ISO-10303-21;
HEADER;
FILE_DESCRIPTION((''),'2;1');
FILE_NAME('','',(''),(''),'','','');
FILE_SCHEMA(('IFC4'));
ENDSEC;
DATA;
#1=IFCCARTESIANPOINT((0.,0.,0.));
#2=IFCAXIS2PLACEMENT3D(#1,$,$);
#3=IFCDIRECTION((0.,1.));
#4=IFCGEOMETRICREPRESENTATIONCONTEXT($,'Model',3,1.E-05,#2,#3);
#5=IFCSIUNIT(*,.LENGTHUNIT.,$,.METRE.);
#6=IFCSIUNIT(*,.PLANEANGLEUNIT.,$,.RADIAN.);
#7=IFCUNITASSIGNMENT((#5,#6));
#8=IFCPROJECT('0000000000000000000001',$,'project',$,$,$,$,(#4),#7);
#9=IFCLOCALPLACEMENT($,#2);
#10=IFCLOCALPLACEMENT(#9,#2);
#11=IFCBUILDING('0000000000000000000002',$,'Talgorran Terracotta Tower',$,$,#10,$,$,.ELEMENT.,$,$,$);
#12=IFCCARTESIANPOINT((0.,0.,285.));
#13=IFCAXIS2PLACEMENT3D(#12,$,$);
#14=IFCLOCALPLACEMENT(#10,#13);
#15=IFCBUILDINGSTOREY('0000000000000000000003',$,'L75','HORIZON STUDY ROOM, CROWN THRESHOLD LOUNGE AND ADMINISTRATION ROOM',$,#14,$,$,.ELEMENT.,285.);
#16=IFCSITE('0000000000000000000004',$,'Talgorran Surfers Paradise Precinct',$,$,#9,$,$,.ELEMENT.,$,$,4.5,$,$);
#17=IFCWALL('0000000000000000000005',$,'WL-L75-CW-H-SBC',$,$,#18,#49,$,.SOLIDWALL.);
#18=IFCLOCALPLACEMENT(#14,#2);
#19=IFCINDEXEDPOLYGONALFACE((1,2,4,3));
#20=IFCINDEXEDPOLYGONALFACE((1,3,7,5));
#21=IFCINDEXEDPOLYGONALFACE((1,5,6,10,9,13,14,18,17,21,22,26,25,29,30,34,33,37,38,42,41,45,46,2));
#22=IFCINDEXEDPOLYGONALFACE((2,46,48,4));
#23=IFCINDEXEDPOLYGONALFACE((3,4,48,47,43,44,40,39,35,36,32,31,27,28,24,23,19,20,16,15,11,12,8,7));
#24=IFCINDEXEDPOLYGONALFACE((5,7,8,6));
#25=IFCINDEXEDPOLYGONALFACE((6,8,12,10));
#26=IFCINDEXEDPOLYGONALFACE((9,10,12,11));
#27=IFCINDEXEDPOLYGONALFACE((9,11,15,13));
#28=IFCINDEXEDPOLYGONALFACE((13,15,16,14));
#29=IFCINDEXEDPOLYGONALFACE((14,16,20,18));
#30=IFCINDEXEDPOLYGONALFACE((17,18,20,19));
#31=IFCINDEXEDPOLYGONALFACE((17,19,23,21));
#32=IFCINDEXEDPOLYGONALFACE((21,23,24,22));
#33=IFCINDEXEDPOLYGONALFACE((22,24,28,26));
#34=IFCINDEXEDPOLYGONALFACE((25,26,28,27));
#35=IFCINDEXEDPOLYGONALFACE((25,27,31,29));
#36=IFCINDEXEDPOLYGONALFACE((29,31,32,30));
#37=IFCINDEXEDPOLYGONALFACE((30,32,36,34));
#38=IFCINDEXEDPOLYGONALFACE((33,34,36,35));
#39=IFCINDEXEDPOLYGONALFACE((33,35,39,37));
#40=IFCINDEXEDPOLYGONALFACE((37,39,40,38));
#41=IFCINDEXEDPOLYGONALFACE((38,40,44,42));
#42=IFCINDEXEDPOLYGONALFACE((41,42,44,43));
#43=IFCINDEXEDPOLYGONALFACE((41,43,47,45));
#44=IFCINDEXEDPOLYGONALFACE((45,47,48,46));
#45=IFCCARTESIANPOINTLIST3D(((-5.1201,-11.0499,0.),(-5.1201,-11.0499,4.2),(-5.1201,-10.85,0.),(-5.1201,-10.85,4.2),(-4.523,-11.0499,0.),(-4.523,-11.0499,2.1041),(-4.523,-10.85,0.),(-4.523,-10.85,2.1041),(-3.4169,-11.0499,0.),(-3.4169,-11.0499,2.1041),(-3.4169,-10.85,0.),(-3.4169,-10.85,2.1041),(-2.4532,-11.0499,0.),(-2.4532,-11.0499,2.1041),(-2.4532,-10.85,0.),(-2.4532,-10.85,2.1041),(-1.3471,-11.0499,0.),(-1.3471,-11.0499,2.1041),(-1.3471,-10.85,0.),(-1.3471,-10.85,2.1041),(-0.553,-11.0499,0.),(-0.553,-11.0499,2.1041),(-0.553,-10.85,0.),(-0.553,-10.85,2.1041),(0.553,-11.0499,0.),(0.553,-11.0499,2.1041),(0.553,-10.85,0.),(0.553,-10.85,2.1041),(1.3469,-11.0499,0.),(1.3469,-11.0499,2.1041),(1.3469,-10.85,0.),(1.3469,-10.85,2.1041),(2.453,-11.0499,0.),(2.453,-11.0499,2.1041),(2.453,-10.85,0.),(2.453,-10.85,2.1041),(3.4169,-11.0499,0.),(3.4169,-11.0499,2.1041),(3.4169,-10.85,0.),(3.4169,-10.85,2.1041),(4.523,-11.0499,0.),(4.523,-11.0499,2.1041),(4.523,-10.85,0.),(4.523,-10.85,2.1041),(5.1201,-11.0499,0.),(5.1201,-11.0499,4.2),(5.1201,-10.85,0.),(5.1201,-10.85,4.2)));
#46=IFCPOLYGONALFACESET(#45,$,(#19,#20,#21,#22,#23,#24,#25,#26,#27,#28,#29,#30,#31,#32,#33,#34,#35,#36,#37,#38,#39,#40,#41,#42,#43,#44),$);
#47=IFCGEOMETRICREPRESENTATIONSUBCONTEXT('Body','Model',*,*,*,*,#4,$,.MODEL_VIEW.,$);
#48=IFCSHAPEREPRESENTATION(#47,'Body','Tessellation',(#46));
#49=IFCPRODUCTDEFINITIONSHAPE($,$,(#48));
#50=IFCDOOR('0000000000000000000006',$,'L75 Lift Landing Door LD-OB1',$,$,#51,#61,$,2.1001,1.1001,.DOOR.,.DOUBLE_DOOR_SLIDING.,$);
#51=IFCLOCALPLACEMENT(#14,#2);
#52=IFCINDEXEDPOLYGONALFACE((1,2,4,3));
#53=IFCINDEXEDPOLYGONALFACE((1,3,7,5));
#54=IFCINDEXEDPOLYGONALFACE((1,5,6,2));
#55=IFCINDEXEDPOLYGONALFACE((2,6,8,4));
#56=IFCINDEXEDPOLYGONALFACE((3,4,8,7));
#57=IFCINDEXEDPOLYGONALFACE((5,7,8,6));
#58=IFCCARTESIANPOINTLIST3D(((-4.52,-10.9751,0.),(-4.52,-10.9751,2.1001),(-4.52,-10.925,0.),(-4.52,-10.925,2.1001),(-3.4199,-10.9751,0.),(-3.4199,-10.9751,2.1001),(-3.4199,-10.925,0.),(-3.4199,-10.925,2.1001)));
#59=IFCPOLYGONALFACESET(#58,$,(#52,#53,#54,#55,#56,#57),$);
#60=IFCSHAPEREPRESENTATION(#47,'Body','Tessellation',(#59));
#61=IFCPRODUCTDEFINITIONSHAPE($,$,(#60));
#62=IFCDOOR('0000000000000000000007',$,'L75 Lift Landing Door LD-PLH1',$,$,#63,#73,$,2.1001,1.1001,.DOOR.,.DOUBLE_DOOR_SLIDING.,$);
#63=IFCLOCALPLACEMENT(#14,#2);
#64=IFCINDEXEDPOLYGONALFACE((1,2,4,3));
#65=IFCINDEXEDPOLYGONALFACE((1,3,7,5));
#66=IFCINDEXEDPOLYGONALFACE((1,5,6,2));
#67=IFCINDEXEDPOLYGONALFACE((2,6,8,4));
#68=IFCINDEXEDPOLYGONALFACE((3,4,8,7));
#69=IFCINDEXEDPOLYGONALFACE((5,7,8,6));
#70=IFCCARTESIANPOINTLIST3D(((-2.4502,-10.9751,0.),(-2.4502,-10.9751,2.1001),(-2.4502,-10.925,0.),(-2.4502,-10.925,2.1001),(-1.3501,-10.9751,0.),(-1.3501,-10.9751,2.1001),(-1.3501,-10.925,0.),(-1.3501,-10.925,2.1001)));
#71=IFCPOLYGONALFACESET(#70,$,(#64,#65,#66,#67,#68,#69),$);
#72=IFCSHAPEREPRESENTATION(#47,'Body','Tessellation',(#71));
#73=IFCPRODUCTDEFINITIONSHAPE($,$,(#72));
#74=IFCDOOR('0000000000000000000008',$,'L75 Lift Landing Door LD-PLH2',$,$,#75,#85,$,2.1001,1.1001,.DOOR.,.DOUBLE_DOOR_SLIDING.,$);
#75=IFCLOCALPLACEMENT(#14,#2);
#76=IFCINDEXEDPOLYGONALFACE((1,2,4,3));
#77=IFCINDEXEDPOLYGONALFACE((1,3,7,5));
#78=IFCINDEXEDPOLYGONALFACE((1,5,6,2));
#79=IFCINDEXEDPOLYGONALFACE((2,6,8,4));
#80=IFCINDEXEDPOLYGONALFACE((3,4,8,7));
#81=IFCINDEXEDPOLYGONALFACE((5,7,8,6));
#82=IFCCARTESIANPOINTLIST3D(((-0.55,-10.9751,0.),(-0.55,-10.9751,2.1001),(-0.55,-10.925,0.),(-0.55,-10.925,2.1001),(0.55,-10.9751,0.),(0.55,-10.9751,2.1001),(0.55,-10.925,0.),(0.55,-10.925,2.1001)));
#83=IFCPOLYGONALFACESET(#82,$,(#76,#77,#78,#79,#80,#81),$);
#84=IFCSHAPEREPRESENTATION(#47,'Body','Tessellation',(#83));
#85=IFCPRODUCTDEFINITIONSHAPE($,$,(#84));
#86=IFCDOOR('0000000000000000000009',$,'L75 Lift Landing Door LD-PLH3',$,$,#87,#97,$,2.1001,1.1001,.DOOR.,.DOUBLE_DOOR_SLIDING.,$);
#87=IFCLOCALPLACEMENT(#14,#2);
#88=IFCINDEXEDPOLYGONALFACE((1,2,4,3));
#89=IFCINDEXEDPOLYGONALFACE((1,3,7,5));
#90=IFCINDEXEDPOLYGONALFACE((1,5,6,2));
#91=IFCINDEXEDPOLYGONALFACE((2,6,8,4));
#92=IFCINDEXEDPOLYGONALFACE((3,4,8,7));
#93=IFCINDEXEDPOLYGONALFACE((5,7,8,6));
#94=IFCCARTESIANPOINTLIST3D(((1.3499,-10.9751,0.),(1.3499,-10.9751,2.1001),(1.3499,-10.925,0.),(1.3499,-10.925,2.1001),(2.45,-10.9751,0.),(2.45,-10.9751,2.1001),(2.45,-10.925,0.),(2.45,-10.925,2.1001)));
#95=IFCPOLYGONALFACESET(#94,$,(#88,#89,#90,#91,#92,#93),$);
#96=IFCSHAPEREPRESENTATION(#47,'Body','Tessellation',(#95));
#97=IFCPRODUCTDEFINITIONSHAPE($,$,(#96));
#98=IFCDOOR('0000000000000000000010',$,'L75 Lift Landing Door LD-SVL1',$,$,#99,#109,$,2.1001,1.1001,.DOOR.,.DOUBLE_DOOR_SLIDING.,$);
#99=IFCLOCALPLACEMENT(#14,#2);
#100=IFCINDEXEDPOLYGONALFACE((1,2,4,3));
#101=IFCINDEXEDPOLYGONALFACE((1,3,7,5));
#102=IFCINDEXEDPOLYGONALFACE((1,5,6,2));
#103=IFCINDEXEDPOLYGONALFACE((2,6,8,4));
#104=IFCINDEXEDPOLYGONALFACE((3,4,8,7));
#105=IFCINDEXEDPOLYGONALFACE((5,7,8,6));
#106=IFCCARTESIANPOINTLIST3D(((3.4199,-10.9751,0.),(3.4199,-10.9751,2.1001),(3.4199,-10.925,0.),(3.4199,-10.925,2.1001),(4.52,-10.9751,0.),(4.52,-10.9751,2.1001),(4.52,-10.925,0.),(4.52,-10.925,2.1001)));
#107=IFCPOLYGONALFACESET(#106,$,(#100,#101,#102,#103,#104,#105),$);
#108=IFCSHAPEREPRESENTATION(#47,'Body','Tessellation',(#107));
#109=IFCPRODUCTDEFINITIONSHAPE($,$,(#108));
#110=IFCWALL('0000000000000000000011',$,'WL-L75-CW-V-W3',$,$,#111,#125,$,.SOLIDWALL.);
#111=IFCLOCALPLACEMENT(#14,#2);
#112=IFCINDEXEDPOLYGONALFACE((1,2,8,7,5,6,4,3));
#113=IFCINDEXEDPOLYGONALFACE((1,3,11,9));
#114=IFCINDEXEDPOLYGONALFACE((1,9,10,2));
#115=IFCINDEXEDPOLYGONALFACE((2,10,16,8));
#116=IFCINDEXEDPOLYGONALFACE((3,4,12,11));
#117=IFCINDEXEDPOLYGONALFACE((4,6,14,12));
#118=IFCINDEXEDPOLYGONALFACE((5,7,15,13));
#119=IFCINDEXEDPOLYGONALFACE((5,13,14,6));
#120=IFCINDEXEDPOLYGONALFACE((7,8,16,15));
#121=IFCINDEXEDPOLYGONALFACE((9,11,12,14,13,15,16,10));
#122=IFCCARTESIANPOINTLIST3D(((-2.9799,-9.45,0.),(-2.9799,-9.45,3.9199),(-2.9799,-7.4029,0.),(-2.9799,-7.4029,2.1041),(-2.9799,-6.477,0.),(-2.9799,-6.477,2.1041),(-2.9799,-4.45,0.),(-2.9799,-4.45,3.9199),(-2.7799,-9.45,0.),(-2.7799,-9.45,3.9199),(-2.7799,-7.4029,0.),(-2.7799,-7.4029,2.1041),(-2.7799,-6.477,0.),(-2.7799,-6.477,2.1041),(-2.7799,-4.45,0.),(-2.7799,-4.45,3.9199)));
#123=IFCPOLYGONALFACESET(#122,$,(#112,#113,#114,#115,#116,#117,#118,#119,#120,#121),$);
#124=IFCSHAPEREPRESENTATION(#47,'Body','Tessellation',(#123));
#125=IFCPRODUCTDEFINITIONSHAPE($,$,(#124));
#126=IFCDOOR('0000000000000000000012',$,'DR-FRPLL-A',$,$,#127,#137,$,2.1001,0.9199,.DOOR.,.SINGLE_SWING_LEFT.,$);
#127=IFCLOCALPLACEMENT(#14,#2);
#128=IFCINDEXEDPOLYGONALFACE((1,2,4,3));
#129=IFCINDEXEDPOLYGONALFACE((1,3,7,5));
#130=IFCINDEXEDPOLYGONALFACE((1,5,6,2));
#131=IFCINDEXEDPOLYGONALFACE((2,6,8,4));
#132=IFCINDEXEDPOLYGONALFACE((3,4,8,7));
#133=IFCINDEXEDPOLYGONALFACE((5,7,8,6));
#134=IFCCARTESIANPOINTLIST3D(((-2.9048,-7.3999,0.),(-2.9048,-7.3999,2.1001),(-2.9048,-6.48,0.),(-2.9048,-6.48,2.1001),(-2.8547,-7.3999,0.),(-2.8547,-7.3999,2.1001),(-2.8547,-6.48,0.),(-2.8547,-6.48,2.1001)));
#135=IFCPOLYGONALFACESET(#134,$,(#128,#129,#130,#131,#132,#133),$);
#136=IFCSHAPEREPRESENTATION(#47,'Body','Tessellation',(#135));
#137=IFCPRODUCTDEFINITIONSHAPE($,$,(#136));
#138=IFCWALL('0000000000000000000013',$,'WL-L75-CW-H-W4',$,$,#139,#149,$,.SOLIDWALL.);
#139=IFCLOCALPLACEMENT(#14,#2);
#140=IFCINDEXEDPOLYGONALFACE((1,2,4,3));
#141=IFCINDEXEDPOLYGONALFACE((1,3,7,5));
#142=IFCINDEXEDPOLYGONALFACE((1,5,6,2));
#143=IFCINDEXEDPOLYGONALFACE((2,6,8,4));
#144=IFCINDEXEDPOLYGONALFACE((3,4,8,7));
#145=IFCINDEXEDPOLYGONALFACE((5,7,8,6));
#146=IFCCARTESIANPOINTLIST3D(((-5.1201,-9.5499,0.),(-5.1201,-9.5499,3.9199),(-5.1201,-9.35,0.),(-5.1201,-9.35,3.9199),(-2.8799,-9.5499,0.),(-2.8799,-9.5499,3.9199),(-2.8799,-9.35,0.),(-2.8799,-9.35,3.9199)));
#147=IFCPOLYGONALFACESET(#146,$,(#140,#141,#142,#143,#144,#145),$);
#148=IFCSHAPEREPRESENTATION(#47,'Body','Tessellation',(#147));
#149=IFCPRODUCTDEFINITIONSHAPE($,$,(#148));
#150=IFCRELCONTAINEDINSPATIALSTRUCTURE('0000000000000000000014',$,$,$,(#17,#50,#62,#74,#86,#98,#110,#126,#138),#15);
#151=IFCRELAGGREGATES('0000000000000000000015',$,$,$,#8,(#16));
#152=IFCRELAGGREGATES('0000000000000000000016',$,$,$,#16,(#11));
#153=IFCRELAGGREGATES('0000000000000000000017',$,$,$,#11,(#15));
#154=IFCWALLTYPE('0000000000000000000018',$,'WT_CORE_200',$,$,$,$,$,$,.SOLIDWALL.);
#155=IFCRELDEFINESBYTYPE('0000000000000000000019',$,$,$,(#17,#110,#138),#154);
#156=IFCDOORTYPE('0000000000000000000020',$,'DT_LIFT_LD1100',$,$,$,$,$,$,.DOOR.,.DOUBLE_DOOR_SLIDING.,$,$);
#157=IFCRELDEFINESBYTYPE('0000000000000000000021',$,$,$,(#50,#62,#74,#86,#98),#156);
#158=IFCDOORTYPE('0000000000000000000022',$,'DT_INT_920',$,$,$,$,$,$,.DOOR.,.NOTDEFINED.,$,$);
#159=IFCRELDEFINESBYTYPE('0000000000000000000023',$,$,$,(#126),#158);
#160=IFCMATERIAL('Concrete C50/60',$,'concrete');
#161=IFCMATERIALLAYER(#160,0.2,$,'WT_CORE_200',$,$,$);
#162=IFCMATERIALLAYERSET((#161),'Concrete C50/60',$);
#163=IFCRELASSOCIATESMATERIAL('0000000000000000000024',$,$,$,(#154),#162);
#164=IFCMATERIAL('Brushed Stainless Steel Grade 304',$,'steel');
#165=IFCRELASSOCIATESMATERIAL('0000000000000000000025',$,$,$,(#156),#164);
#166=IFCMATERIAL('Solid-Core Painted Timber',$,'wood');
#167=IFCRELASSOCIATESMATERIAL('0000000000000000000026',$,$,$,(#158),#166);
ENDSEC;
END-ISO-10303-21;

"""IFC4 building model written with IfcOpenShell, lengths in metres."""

from ifc_helpers import new_model, si_unit, direction, frame, frame_2d, origin, place, context, subcontext, project, spatial, rectangle, extrude, material, layer, layer_set, type_object, element, fill, save


model = new_model("IFC4")

# Units and contexts
model_context = context("Model", 3, precision=1e-05, world=origin(), true_north=direction((0.0, 1.0)))
body_context = subcontext(model_context, "Body", "Model", "MODEL_VIEW")
ifc_project = project(units=[si_unit("LENGTHUNIT", "METRE"), si_unit("PLANEANGLEUNIT", "RADIAN")], contexts=[model_context])

# Site, building, storey
site_placement = place(None, origin())
site = spatial("IfcSite", under=ifc_project, at=site_placement, Name="Talgorran Surfers Paradise Precinct", CompositionType="ELEMENT", RefElevation=4.5)
building_placement = place(site_placement, origin())
building = spatial("IfcBuilding", under=site, at=building_placement, Name="Talgorran Terracotta Tower", CompositionType="ELEMENT")
storey_placement = place(building_placement, frame((0.0, 0.0, 285.0)))
storey = spatial("IfcBuildingStorey", under=building, at=storey_placement, Name="L75", Description="HORIZON STUDY ROOM, CROWN THRESHOLD LOUNGE AND ADMINISTRATION ROOM", CompositionType="ELEMENT", Elevation=285.0)

# Shared definitions
ifc_material_1 = material(Name="Concrete C50/60", Category="concrete")

# Wall, openings, doors
ifc_layer_1 = layer(ifc_material_1, 0.2, Name="WT_CORE_200")
ifc_layer_set_1 = layer_set([ifc_layer_1], Name="Concrete C50/60")
wall_type_1 = type_object("IfcWallType", Name="WT_CORE_200", PredefinedType="SOLIDWALL", material=ifc_layer_set_1)
ifc_material_2 = material(Name="Brushed Stainless Steel Grade 304", Category="steel")
door_type_1 = type_object("IfcDoorType", Name="DT_LIFT_LD1100", OperationType="DOUBLE_DOOR_SLIDING", PredefinedType="DOOR", material=ifc_material_2)
wall_1_placement = place(storey_placement, frame((-5.1201, -10.95, 0.0), z_axis=(0.0, 0.0, 1.0), x_axis=(1.0, 0.0, 0.0)))
wall_1 = element("IfcWall", 1, at=wall_1_placement, inside=storey, type_object=wall_type_1, Name="WL-L75-CW-H-SBC", PredefinedType="SOLIDWALL", context=body_context, shape_type="SweptSolid", body=[
    extrude(rectangle(XDim=10.2402, YDim=0.2, at=frame_2d((5.1201, 0.0))), origin(), (0.0, 0.0, 1.0), 4.2),
])
opening_1_placement = place(wall_1_placement, frame((0.6001, 0.0, 0.0)))
opening_1 = element("IfcOpeningElement", 2, at=opening_1_placement, cuts=wall_1, PredefinedType="OPENING", context=body_context, shape_type="SweptSolid", body=[
    extrude(rectangle(XDim=1.1061, YDim=2.1041, at=frame_2d((0.55, 1.052))), frame((0.0, 0.1099, 0.0), z_axis=(0.0, -1.0, 0.0), x_axis=(1.0, 0.0, 0.0)), (0.0, 0.0, 1.0), 0.22),
])
opening_2_placement = place(wall_1_placement, frame((2.6699, 0.0, 0.0)))
opening_2 = element("IfcOpeningElement", 3, at=opening_2_placement, cuts=wall_1, PredefinedType="OPENING", context=body_context, shape_type="SweptSolid", body=[
    extrude(rectangle(XDim=1.1061, YDim=2.1041, at=frame_2d((0.55, 1.052))), frame((0.0, 0.1099, 0.0), z_axis=(0.0, -1.0, 0.0), x_axis=(1.0, 0.0, 0.0)), (0.0, 0.0, 1.0), 0.22),
])
opening_3_placement = place(wall_1_placement, frame((4.5701, 0.0, 0.0)))
opening_3 = element("IfcOpeningElement", 4, at=opening_3_placement, cuts=wall_1, PredefinedType="OPENING", context=body_context, shape_type="SweptSolid", body=[
    extrude(rectangle(XDim=1.1061, YDim=2.1041, at=frame_2d((0.55, 1.052))), frame((0.0, 0.1099, 0.0), z_axis=(0.0, -1.0, 0.0), x_axis=(1.0, 0.0, 0.0)), (0.0, 0.0, 1.0), 0.22),
])
opening_4_placement = place(wall_1_placement, frame((6.47, 0.0, 0.0)))
opening_4 = element("IfcOpeningElement", 5, at=opening_4_placement, cuts=wall_1, PredefinedType="OPENING", context=body_context, shape_type="SweptSolid", body=[
    extrude(rectangle(XDim=1.1061, YDim=2.1041, at=frame_2d((0.55, 1.052))), frame((0.0, 0.1099, 0.0), z_axis=(0.0, -1.0, 0.0), x_axis=(1.0, 0.0, 0.0)), (0.0, 0.0, 1.0), 0.22),
])
opening_5_placement = place(wall_1_placement, frame((8.54, 0.0, 0.0)))
opening_5 = element("IfcOpeningElement", 6, at=opening_5_placement, cuts=wall_1, PredefinedType="OPENING", context=body_context, shape_type="SweptSolid", body=[
    extrude(rectangle(XDim=1.1061, YDim=2.1041, at=frame_2d((0.55, 1.052))), frame((0.0, 0.1099, 0.0), z_axis=(0.0, -1.0, 0.0), x_axis=(1.0, 0.0, 0.0)), (0.0, 0.0, 1.0), 0.22),
])
door_1_placement = place(opening_1_placement, origin())
door_1 = element("IfcDoor", 7, at=door_1_placement, inside=storey, type_object=door_type_1, Name="L75 Lift Landing Door LD-OB1", OperationType="DOUBLE_DOOR_SLIDING", OverallHeight=2.1001, OverallWidth=1.1001, PredefinedType="DOOR", context=body_context, shape_type="SweptSolid", body=[
    extrude(rectangle(XDim=1.1001, YDim=2.1001, at=frame_2d((0.55, 1.05))), frame((0.0, 0.0249, 0.0), z_axis=(0.0, -1.0, 0.0), x_axis=(1.0, 0.0, 0.0)), (0.0, 0.0, 1.0), 0.05),
])
fill(opening_1, door_1)
door_2_placement = place(opening_2_placement, origin())
door_2 = element("IfcDoor", 8, at=door_2_placement, inside=storey, type_object=door_type_1, Name="L75 Lift Landing Door LD-PLH1", OperationType="DOUBLE_DOOR_SLIDING", OverallHeight=2.1001, OverallWidth=1.1001, PredefinedType="DOOR", context=body_context, shape_type="SweptSolid", body=[
    extrude(rectangle(XDim=1.1001, YDim=2.1001, at=frame_2d((0.55, 1.05))), frame((0.0, 0.0249, 0.0), z_axis=(0.0, -1.0, 0.0), x_axis=(1.0, 0.0, 0.0)), (0.0, 0.0, 1.0), 0.05),
])
fill(opening_2, door_2)
door_3_placement = place(opening_3_placement, origin())
door_3 = element("IfcDoor", 9, at=door_3_placement, inside=storey, type_object=door_type_1, Name="L75 Lift Landing Door LD-PLH2", OperationType="DOUBLE_DOOR_SLIDING", OverallHeight=2.1001, OverallWidth=1.1001, PredefinedType="DOOR", context=body_context, shape_type="SweptSolid", body=[
    extrude(rectangle(XDim=1.1001, YDim=2.1001, at=frame_2d((0.55, 1.05))), frame((0.0, 0.0249, 0.0), z_axis=(0.0, -1.0, 0.0), x_axis=(1.0, 0.0, 0.0)), (0.0, 0.0, 1.0), 0.05),
])
fill(opening_3, door_3)
door_4_placement = place(opening_4_placement, origin())
door_4 = element("IfcDoor", 10, at=door_4_placement, inside=storey, type_object=door_type_1, Name="L75 Lift Landing Door LD-PLH3", OperationType="DOUBLE_DOOR_SLIDING", OverallHeight=2.1001, OverallWidth=1.1001, PredefinedType="DOOR", context=body_context, shape_type="SweptSolid", body=[
    extrude(rectangle(XDim=1.1001, YDim=2.1001, at=frame_2d((0.55, 1.05))), frame((0.0, 0.0249, 0.0), z_axis=(0.0, -1.0, 0.0), x_axis=(1.0, 0.0, 0.0)), (0.0, 0.0, 1.0), 0.05),
])
fill(opening_4, door_4)
door_5_placement = place(opening_5_placement, origin())
door_5 = element("IfcDoor", 11, at=door_5_placement, inside=storey, type_object=door_type_1, Name="L75 Lift Landing Door LD-SVL1", OperationType="DOUBLE_DOOR_SLIDING", OverallHeight=2.1001, OverallWidth=1.1001, PredefinedType="DOOR", context=body_context, shape_type="SweptSolid", body=[
    extrude(rectangle(XDim=1.1001, YDim=2.1001, at=frame_2d((0.55, 1.05))), frame((0.0, 0.0249, 0.0), z_axis=(0.0, -1.0, 0.0), x_axis=(1.0, 0.0, 0.0)), (0.0, 0.0, 1.0), 0.05),
])
fill(opening_5, door_5)

# Wall, opening, door
wall_2_placement = place(storey_placement, frame((-2.8799, -9.45, 0.0), z_axis=(0.0, 0.0, 1.0), x_axis=(0.0, 1.0, 0.0)))
wall_2 = element("IfcWall", 12, at=wall_2_placement, inside=storey, type_object=wall_type_1, Name="WL-L75-CW-V-W3", PredefinedType="SOLIDWALL", context=body_context, shape_type="SweptSolid", body=[
    extrude(rectangle(XDim=5.0, YDim=0.2, at=frame_2d((2.5, 0.0))), origin(), (0.0, 0.0, 1.0), 3.9199),
])
opening_6_placement = place(wall_2_placement, frame((2.05, 0.0, 0.0)))
opening_6 = element("IfcOpeningElement", 13, at=opening_6_placement, cuts=wall_2, PredefinedType="OPENING", context=body_context, shape_type="SweptSolid", body=[
    extrude(rectangle(XDim=0.9259, YDim=2.1041, at=frame_2d((0.46, 1.052))), frame((0.0, 0.1099, 0.0), z_axis=(0.0, -1.0, 0.0), x_axis=(1.0, 0.0, 0.0)), (0.0, 0.0, 1.0), 0.22),
])
ifc_material_3 = material(Name="Solid-Core Painted Timber", Category="wood")
door_type_2 = type_object("IfcDoorType", Name="DT_INT_920", OperationType="NOTDEFINED", PredefinedType="DOOR", material=ifc_material_3)
door_6_placement = place(opening_6_placement, origin())
door_6 = element("IfcDoor", 14, at=door_6_placement, inside=storey, type_object=door_type_2, Name="DR-FRPLL-A", OperationType="SINGLE_SWING_LEFT", OverallHeight=2.1001, OverallWidth=0.9199, PredefinedType="DOOR", context=body_context, shape_type="SweptSolid", body=[
    extrude(rectangle(XDim=0.9199, YDim=2.1001, at=frame_2d((0.46, 1.05))), frame((0.0, 0.0249, 0.0), z_axis=(0.0, -1.0, 0.0), x_axis=(1.0, 0.0, 0.0)), (0.0, 0.0, 1.0), 0.05),
])
fill(opening_6, door_6)

# Wall
wall_3_placement = place(storey_placement, frame((-5.1201, -9.45, 0.0), z_axis=(0.0, 0.0, 1.0), x_axis=(1.0, 0.0, 0.0)))
element("IfcWall", 15, at=wall_3_placement, inside=storey, type_object=wall_type_1, Name="WL-L75-CW-H-W4", PredefinedType="SOLIDWALL", context=body_context, shape_type="SweptSolid", body=[
    extrude(rectangle(XDim=2.2402, YDim=0.2, at=frame_2d((1.1201, 0.0))), origin(), (0.0, 0.0, 1.0), 3.9199),
])

save(model, "model.ifc")
